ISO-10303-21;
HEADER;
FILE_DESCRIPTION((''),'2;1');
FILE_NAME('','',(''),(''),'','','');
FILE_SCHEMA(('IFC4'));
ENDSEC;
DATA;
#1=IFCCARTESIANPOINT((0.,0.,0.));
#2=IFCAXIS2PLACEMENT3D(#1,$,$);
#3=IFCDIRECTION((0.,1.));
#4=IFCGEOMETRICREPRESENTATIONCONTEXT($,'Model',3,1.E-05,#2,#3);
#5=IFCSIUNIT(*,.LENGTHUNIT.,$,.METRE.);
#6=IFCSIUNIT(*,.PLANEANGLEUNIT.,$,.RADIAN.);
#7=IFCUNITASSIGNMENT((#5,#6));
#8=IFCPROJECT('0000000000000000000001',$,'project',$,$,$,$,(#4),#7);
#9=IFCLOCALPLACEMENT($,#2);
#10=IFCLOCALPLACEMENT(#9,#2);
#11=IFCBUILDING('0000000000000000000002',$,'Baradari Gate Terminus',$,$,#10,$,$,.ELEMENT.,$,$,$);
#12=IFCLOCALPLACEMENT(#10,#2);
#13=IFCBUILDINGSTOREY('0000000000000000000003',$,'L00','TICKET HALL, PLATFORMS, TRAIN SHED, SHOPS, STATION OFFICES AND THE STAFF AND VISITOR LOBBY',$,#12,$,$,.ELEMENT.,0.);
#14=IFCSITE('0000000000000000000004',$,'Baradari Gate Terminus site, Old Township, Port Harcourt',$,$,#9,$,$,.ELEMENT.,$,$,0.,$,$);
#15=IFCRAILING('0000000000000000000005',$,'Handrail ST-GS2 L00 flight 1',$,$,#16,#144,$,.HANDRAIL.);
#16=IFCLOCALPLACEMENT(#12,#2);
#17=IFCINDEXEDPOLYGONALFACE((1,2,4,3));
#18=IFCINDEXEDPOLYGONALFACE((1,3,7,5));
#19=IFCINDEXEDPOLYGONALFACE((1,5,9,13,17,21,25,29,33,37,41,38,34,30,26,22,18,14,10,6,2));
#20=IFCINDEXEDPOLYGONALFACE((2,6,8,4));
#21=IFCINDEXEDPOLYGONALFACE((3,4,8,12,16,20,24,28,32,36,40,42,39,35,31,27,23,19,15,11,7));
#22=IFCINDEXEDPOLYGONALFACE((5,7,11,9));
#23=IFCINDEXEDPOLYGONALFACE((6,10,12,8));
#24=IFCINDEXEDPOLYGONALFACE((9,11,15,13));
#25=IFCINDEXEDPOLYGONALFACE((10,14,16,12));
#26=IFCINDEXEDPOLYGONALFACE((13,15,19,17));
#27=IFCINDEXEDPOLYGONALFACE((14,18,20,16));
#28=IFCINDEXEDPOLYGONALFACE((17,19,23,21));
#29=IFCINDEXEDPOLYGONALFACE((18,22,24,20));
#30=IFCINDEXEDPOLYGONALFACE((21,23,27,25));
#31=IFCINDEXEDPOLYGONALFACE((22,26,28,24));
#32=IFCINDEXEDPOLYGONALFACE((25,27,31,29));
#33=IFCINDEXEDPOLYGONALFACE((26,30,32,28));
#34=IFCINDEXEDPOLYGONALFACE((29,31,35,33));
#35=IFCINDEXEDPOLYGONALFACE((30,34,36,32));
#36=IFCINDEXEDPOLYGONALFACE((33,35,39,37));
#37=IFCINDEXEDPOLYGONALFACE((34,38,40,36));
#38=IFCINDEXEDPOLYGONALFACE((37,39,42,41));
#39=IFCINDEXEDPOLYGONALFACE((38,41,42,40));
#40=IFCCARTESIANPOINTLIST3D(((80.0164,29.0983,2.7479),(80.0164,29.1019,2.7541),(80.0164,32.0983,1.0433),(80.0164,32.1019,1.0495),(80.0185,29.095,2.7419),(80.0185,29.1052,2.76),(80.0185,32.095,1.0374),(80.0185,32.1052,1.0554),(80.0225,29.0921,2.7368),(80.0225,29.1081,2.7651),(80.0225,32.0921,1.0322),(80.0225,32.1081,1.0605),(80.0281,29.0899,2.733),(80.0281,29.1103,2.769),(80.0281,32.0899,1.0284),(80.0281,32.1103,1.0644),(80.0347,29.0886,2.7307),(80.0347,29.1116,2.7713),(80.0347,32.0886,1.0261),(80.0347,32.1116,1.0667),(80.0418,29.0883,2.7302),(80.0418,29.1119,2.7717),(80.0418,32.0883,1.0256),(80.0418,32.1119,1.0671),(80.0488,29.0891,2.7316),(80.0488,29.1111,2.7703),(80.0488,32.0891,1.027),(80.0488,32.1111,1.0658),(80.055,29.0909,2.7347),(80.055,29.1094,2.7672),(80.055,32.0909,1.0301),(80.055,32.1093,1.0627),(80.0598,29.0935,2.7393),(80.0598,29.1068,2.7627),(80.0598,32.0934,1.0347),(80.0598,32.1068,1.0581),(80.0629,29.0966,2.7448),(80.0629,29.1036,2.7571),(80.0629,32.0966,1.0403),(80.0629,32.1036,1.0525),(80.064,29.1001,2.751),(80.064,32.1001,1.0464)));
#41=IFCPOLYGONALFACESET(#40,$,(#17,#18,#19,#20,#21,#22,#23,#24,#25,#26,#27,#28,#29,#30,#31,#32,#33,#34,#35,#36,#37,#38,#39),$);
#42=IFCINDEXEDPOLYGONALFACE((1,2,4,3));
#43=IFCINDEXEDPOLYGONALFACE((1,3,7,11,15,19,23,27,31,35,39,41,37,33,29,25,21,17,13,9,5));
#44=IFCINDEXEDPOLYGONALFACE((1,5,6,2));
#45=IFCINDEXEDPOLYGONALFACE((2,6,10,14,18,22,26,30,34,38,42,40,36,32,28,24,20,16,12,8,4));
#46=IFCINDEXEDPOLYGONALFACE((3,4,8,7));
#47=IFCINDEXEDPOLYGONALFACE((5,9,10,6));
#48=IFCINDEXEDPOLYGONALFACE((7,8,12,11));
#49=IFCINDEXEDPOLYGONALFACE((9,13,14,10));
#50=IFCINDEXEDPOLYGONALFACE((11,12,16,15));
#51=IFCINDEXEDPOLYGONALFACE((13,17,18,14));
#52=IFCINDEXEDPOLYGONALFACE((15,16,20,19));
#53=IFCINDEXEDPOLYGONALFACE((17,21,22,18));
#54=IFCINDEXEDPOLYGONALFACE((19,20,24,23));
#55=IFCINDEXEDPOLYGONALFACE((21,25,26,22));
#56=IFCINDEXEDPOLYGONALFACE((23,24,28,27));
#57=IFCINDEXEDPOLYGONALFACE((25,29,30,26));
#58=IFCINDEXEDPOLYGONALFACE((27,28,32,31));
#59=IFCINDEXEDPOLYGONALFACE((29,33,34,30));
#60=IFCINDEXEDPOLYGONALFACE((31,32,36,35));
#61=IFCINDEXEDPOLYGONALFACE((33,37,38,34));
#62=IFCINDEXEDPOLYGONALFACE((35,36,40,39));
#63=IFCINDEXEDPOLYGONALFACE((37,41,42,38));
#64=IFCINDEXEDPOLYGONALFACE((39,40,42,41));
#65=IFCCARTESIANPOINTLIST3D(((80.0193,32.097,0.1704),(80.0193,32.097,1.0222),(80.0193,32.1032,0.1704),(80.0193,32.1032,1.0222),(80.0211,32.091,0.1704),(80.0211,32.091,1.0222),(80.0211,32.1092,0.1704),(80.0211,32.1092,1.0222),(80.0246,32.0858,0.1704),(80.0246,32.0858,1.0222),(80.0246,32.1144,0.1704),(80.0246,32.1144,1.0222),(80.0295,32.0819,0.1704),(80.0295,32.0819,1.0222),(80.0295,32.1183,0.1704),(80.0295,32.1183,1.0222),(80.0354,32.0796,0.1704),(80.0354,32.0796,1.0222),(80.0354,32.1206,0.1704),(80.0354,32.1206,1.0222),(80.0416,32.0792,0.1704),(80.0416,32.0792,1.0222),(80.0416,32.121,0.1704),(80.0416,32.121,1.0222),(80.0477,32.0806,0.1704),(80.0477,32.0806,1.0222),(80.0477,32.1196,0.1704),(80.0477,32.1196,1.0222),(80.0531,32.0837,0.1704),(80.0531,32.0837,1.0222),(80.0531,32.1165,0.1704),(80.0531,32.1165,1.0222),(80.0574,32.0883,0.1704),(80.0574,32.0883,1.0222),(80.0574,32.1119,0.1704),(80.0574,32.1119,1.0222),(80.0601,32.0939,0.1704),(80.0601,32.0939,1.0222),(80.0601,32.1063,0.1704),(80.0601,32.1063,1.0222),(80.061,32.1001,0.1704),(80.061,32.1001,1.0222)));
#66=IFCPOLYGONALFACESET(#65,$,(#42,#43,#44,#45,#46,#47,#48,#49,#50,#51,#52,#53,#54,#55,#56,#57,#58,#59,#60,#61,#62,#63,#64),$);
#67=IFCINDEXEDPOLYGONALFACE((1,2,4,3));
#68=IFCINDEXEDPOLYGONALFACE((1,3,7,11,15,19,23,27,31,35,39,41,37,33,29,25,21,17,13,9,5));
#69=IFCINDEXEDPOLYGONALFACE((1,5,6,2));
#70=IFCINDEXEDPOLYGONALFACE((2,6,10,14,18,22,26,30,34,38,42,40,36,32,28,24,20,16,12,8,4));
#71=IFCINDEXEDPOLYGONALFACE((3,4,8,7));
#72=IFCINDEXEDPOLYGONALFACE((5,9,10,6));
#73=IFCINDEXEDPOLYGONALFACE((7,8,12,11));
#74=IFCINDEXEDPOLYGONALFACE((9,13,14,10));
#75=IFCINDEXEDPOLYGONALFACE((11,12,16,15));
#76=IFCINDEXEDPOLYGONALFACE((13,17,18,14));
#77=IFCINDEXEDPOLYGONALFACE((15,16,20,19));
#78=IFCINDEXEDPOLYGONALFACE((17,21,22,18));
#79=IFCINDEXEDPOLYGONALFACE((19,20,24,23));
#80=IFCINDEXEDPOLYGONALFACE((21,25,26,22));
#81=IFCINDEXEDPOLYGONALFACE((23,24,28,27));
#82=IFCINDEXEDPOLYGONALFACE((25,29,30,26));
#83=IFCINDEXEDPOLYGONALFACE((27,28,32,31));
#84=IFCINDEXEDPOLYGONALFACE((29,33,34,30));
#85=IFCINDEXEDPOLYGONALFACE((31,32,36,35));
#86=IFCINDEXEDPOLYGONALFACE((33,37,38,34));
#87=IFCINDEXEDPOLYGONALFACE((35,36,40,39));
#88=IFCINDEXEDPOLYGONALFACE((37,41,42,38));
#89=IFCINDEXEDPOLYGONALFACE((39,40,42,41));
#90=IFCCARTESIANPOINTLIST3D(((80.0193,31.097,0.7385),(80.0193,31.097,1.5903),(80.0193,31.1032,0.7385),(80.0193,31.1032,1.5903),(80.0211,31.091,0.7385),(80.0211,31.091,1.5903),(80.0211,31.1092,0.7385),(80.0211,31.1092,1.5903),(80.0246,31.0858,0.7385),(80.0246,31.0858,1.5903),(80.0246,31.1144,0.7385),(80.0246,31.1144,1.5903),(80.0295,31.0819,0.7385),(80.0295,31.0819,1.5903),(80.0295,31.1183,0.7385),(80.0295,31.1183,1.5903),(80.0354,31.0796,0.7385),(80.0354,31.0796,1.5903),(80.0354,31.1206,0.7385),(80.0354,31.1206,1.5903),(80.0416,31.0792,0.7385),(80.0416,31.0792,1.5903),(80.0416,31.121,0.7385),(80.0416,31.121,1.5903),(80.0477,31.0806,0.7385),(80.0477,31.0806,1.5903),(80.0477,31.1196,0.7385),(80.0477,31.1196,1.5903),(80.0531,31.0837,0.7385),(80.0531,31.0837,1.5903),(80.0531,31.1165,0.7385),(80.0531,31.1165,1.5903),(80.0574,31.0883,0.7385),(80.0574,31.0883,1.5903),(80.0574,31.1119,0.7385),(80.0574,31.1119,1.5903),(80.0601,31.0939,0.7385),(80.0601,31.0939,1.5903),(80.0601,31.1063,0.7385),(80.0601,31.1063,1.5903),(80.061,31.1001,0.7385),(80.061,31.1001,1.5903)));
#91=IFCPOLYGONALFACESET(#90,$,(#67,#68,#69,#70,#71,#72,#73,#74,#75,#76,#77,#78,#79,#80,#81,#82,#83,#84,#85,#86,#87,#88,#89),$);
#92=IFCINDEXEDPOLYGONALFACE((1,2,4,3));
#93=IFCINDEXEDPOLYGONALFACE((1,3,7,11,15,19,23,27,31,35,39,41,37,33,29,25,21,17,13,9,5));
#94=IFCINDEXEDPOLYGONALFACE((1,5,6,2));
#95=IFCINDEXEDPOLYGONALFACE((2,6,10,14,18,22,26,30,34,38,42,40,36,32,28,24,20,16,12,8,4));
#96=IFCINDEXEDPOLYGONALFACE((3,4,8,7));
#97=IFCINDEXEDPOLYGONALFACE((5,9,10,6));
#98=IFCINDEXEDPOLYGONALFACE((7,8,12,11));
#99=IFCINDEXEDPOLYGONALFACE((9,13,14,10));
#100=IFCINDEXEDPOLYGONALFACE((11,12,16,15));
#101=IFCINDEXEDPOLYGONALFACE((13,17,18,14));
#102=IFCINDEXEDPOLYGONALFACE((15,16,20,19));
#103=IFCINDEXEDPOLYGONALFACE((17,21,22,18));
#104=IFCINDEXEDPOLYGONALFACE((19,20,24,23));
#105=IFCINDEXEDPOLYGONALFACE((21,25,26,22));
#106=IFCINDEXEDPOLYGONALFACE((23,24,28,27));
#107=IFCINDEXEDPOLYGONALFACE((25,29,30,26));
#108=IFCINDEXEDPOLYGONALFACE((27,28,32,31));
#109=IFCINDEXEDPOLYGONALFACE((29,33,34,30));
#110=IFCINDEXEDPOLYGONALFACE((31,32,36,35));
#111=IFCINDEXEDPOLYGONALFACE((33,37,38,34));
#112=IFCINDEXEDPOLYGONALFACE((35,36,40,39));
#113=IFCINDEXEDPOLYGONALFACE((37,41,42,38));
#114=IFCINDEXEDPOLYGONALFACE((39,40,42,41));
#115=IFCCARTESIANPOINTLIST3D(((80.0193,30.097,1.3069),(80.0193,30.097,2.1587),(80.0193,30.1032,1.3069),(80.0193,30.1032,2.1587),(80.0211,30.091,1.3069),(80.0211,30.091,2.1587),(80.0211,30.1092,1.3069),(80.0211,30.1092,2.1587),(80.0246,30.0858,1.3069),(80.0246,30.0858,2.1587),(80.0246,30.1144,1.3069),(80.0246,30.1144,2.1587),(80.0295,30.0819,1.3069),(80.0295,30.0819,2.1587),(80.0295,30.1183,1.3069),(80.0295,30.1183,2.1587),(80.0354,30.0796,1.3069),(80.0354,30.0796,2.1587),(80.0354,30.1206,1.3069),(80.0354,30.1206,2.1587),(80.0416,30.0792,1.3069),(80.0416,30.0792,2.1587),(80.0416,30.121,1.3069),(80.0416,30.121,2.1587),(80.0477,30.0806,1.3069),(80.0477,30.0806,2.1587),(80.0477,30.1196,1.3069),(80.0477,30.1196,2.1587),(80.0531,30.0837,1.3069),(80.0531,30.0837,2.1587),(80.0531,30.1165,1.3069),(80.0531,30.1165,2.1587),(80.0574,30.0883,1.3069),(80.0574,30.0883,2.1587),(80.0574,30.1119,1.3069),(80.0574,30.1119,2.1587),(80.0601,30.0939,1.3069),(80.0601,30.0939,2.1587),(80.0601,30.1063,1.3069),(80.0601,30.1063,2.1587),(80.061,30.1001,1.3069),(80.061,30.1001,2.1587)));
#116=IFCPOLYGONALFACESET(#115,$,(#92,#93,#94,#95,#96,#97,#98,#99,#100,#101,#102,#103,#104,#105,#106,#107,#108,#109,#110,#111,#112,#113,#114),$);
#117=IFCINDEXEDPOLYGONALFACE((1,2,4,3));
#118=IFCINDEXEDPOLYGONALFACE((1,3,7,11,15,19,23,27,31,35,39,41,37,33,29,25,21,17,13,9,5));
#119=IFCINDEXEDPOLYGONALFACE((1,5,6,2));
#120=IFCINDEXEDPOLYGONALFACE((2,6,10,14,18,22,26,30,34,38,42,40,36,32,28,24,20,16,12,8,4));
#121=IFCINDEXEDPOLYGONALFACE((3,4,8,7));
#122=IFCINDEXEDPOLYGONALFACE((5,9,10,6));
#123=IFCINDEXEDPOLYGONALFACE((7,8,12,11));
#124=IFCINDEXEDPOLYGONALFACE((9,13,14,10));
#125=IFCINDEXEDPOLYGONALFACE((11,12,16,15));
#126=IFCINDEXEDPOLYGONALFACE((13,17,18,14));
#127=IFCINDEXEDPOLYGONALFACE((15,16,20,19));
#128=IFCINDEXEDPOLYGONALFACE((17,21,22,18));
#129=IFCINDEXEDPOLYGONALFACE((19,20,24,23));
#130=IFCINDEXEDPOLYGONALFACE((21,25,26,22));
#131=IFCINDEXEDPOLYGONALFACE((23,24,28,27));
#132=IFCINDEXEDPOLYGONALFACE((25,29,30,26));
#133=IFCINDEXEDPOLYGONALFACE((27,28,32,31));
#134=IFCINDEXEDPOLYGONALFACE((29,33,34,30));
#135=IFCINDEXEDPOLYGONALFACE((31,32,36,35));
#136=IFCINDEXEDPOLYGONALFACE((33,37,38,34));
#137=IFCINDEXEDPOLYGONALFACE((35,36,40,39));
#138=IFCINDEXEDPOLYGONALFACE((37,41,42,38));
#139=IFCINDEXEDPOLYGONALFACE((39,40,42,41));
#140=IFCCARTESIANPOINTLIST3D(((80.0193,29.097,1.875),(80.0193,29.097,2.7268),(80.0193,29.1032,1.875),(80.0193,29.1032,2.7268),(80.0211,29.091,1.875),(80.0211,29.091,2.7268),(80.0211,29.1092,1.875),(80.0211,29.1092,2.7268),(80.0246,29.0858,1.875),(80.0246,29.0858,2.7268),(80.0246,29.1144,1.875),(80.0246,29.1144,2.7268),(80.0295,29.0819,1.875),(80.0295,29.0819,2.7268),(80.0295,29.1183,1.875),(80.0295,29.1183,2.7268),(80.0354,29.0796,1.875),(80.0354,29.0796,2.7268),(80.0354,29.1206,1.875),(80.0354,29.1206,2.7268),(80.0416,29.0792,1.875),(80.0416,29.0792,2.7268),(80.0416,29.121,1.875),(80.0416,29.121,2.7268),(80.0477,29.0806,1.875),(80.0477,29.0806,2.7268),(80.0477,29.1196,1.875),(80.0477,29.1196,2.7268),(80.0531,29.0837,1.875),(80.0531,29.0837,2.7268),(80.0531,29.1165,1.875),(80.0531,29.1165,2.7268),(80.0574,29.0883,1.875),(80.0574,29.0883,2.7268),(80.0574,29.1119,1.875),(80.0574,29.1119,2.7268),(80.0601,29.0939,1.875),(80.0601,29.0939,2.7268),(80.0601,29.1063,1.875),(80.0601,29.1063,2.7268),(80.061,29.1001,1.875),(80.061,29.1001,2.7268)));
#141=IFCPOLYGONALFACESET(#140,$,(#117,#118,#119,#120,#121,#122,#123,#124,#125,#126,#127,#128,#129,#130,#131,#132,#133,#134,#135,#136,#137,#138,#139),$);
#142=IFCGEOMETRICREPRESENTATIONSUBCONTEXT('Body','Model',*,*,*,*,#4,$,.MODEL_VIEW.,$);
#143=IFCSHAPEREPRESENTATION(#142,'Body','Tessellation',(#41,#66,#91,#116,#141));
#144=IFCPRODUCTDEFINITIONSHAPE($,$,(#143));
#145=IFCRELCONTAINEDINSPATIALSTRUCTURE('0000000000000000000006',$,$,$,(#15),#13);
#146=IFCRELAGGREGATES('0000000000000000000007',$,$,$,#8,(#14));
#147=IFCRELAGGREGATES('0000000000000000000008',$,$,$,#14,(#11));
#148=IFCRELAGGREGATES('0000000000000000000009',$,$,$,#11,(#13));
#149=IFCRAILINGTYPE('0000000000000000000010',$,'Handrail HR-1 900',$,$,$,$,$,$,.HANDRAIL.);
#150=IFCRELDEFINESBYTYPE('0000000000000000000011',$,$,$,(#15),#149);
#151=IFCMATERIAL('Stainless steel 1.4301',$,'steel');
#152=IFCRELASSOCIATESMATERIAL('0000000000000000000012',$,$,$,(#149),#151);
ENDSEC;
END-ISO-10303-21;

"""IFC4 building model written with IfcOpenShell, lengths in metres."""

from ifc_helpers import new_model, si_unit, direction, frame, origin, origin_2d, place, context, subcontext, project, spatial, circle, extrude, material, type_object, element, save


model = new_model("IFC4")

# Units and contexts
model_context = context("Model", 3, precision=1e-05, world=origin(), true_north=direction((0.0, 1.0)))
body_context = subcontext(model_context, "Body", "Model", "MODEL_VIEW")
ifc_project = project(units=[si_unit("LENGTHUNIT", "METRE"), si_unit("PLANEANGLEUNIT", "RADIAN")], contexts=[model_context])

# Site, building, storey
site_placement = place(None, origin())
site = spatial("IfcSite", under=ifc_project, at=site_placement, Name="Baradari Gate Terminus site, Old Township, Port Harcourt", CompositionType="ELEMENT", RefElevation=0.0)
building_placement = place(site_placement, origin())
building = spatial("IfcBuilding", under=site, at=building_placement, Name="Baradari Gate Terminus", CompositionType="ELEMENT")
storey_placement = place(building_placement, origin())
storey = spatial("IfcBuildingStorey", under=building, at=storey_placement, Name="L00", Description="TICKET HALL, PLATFORMS, TRAIN SHED, SHOPS, STATION OFFICES AND THE STAFF AND VISITOR LOBBY", CompositionType="ELEMENT", Elevation=0.0)

# Railing
ifc_material_1 = material(Name="Stainless steel 1.4301", Category="steel")
railing_type_1 = type_object("IfcRailingType", Name="Handrail HR-1 900", PredefinedType="HANDRAIL", material=ifc_material_1)
for number, where, name in (
    (1, (80.04, 32.1001, 0.1704), "Handrail ST-GS2 L00 flight 1"),
):
    element("IfcRailing", number, at=place(storey_placement, frame(where)), inside=storey, type_object=railing_type_1, Name=name, PredefinedType="HANDRAIL", context=body_context, shape_type="SweptSolid", body=[
        extrude(circle(Radius=0.0239, at=origin_2d()), frame((0.0, 0.0, 0.876), z_axis=(0.0, -0.869451, 0.494019), x_axis=(1.0, 0.0, 0.0)), (0.0, 0.0, 1.0), 3.4504),
        extrude(circle(Radius=0.021, at=origin_2d()), origin(), (0.0, 0.0, 1.0), 0.8518),
        extrude(circle(Radius=0.021, at=origin_2d()), frame((0.0, -1.0, 0.5681)), (0.0, 0.0, 1.0), 0.8518),
        extrude(circle(Radius=0.021, at=origin_2d()), frame((0.0, -2.0, 1.1365)), (0.0, 0.0, 1.0), 0.8518),
        extrude(circle(Radius=0.021, at=origin_2d()), frame((0.0, -3.0, 1.7046)), (0.0, 0.0, 1.0), 0.8518),
    ])

save(model, "model.ifc")
